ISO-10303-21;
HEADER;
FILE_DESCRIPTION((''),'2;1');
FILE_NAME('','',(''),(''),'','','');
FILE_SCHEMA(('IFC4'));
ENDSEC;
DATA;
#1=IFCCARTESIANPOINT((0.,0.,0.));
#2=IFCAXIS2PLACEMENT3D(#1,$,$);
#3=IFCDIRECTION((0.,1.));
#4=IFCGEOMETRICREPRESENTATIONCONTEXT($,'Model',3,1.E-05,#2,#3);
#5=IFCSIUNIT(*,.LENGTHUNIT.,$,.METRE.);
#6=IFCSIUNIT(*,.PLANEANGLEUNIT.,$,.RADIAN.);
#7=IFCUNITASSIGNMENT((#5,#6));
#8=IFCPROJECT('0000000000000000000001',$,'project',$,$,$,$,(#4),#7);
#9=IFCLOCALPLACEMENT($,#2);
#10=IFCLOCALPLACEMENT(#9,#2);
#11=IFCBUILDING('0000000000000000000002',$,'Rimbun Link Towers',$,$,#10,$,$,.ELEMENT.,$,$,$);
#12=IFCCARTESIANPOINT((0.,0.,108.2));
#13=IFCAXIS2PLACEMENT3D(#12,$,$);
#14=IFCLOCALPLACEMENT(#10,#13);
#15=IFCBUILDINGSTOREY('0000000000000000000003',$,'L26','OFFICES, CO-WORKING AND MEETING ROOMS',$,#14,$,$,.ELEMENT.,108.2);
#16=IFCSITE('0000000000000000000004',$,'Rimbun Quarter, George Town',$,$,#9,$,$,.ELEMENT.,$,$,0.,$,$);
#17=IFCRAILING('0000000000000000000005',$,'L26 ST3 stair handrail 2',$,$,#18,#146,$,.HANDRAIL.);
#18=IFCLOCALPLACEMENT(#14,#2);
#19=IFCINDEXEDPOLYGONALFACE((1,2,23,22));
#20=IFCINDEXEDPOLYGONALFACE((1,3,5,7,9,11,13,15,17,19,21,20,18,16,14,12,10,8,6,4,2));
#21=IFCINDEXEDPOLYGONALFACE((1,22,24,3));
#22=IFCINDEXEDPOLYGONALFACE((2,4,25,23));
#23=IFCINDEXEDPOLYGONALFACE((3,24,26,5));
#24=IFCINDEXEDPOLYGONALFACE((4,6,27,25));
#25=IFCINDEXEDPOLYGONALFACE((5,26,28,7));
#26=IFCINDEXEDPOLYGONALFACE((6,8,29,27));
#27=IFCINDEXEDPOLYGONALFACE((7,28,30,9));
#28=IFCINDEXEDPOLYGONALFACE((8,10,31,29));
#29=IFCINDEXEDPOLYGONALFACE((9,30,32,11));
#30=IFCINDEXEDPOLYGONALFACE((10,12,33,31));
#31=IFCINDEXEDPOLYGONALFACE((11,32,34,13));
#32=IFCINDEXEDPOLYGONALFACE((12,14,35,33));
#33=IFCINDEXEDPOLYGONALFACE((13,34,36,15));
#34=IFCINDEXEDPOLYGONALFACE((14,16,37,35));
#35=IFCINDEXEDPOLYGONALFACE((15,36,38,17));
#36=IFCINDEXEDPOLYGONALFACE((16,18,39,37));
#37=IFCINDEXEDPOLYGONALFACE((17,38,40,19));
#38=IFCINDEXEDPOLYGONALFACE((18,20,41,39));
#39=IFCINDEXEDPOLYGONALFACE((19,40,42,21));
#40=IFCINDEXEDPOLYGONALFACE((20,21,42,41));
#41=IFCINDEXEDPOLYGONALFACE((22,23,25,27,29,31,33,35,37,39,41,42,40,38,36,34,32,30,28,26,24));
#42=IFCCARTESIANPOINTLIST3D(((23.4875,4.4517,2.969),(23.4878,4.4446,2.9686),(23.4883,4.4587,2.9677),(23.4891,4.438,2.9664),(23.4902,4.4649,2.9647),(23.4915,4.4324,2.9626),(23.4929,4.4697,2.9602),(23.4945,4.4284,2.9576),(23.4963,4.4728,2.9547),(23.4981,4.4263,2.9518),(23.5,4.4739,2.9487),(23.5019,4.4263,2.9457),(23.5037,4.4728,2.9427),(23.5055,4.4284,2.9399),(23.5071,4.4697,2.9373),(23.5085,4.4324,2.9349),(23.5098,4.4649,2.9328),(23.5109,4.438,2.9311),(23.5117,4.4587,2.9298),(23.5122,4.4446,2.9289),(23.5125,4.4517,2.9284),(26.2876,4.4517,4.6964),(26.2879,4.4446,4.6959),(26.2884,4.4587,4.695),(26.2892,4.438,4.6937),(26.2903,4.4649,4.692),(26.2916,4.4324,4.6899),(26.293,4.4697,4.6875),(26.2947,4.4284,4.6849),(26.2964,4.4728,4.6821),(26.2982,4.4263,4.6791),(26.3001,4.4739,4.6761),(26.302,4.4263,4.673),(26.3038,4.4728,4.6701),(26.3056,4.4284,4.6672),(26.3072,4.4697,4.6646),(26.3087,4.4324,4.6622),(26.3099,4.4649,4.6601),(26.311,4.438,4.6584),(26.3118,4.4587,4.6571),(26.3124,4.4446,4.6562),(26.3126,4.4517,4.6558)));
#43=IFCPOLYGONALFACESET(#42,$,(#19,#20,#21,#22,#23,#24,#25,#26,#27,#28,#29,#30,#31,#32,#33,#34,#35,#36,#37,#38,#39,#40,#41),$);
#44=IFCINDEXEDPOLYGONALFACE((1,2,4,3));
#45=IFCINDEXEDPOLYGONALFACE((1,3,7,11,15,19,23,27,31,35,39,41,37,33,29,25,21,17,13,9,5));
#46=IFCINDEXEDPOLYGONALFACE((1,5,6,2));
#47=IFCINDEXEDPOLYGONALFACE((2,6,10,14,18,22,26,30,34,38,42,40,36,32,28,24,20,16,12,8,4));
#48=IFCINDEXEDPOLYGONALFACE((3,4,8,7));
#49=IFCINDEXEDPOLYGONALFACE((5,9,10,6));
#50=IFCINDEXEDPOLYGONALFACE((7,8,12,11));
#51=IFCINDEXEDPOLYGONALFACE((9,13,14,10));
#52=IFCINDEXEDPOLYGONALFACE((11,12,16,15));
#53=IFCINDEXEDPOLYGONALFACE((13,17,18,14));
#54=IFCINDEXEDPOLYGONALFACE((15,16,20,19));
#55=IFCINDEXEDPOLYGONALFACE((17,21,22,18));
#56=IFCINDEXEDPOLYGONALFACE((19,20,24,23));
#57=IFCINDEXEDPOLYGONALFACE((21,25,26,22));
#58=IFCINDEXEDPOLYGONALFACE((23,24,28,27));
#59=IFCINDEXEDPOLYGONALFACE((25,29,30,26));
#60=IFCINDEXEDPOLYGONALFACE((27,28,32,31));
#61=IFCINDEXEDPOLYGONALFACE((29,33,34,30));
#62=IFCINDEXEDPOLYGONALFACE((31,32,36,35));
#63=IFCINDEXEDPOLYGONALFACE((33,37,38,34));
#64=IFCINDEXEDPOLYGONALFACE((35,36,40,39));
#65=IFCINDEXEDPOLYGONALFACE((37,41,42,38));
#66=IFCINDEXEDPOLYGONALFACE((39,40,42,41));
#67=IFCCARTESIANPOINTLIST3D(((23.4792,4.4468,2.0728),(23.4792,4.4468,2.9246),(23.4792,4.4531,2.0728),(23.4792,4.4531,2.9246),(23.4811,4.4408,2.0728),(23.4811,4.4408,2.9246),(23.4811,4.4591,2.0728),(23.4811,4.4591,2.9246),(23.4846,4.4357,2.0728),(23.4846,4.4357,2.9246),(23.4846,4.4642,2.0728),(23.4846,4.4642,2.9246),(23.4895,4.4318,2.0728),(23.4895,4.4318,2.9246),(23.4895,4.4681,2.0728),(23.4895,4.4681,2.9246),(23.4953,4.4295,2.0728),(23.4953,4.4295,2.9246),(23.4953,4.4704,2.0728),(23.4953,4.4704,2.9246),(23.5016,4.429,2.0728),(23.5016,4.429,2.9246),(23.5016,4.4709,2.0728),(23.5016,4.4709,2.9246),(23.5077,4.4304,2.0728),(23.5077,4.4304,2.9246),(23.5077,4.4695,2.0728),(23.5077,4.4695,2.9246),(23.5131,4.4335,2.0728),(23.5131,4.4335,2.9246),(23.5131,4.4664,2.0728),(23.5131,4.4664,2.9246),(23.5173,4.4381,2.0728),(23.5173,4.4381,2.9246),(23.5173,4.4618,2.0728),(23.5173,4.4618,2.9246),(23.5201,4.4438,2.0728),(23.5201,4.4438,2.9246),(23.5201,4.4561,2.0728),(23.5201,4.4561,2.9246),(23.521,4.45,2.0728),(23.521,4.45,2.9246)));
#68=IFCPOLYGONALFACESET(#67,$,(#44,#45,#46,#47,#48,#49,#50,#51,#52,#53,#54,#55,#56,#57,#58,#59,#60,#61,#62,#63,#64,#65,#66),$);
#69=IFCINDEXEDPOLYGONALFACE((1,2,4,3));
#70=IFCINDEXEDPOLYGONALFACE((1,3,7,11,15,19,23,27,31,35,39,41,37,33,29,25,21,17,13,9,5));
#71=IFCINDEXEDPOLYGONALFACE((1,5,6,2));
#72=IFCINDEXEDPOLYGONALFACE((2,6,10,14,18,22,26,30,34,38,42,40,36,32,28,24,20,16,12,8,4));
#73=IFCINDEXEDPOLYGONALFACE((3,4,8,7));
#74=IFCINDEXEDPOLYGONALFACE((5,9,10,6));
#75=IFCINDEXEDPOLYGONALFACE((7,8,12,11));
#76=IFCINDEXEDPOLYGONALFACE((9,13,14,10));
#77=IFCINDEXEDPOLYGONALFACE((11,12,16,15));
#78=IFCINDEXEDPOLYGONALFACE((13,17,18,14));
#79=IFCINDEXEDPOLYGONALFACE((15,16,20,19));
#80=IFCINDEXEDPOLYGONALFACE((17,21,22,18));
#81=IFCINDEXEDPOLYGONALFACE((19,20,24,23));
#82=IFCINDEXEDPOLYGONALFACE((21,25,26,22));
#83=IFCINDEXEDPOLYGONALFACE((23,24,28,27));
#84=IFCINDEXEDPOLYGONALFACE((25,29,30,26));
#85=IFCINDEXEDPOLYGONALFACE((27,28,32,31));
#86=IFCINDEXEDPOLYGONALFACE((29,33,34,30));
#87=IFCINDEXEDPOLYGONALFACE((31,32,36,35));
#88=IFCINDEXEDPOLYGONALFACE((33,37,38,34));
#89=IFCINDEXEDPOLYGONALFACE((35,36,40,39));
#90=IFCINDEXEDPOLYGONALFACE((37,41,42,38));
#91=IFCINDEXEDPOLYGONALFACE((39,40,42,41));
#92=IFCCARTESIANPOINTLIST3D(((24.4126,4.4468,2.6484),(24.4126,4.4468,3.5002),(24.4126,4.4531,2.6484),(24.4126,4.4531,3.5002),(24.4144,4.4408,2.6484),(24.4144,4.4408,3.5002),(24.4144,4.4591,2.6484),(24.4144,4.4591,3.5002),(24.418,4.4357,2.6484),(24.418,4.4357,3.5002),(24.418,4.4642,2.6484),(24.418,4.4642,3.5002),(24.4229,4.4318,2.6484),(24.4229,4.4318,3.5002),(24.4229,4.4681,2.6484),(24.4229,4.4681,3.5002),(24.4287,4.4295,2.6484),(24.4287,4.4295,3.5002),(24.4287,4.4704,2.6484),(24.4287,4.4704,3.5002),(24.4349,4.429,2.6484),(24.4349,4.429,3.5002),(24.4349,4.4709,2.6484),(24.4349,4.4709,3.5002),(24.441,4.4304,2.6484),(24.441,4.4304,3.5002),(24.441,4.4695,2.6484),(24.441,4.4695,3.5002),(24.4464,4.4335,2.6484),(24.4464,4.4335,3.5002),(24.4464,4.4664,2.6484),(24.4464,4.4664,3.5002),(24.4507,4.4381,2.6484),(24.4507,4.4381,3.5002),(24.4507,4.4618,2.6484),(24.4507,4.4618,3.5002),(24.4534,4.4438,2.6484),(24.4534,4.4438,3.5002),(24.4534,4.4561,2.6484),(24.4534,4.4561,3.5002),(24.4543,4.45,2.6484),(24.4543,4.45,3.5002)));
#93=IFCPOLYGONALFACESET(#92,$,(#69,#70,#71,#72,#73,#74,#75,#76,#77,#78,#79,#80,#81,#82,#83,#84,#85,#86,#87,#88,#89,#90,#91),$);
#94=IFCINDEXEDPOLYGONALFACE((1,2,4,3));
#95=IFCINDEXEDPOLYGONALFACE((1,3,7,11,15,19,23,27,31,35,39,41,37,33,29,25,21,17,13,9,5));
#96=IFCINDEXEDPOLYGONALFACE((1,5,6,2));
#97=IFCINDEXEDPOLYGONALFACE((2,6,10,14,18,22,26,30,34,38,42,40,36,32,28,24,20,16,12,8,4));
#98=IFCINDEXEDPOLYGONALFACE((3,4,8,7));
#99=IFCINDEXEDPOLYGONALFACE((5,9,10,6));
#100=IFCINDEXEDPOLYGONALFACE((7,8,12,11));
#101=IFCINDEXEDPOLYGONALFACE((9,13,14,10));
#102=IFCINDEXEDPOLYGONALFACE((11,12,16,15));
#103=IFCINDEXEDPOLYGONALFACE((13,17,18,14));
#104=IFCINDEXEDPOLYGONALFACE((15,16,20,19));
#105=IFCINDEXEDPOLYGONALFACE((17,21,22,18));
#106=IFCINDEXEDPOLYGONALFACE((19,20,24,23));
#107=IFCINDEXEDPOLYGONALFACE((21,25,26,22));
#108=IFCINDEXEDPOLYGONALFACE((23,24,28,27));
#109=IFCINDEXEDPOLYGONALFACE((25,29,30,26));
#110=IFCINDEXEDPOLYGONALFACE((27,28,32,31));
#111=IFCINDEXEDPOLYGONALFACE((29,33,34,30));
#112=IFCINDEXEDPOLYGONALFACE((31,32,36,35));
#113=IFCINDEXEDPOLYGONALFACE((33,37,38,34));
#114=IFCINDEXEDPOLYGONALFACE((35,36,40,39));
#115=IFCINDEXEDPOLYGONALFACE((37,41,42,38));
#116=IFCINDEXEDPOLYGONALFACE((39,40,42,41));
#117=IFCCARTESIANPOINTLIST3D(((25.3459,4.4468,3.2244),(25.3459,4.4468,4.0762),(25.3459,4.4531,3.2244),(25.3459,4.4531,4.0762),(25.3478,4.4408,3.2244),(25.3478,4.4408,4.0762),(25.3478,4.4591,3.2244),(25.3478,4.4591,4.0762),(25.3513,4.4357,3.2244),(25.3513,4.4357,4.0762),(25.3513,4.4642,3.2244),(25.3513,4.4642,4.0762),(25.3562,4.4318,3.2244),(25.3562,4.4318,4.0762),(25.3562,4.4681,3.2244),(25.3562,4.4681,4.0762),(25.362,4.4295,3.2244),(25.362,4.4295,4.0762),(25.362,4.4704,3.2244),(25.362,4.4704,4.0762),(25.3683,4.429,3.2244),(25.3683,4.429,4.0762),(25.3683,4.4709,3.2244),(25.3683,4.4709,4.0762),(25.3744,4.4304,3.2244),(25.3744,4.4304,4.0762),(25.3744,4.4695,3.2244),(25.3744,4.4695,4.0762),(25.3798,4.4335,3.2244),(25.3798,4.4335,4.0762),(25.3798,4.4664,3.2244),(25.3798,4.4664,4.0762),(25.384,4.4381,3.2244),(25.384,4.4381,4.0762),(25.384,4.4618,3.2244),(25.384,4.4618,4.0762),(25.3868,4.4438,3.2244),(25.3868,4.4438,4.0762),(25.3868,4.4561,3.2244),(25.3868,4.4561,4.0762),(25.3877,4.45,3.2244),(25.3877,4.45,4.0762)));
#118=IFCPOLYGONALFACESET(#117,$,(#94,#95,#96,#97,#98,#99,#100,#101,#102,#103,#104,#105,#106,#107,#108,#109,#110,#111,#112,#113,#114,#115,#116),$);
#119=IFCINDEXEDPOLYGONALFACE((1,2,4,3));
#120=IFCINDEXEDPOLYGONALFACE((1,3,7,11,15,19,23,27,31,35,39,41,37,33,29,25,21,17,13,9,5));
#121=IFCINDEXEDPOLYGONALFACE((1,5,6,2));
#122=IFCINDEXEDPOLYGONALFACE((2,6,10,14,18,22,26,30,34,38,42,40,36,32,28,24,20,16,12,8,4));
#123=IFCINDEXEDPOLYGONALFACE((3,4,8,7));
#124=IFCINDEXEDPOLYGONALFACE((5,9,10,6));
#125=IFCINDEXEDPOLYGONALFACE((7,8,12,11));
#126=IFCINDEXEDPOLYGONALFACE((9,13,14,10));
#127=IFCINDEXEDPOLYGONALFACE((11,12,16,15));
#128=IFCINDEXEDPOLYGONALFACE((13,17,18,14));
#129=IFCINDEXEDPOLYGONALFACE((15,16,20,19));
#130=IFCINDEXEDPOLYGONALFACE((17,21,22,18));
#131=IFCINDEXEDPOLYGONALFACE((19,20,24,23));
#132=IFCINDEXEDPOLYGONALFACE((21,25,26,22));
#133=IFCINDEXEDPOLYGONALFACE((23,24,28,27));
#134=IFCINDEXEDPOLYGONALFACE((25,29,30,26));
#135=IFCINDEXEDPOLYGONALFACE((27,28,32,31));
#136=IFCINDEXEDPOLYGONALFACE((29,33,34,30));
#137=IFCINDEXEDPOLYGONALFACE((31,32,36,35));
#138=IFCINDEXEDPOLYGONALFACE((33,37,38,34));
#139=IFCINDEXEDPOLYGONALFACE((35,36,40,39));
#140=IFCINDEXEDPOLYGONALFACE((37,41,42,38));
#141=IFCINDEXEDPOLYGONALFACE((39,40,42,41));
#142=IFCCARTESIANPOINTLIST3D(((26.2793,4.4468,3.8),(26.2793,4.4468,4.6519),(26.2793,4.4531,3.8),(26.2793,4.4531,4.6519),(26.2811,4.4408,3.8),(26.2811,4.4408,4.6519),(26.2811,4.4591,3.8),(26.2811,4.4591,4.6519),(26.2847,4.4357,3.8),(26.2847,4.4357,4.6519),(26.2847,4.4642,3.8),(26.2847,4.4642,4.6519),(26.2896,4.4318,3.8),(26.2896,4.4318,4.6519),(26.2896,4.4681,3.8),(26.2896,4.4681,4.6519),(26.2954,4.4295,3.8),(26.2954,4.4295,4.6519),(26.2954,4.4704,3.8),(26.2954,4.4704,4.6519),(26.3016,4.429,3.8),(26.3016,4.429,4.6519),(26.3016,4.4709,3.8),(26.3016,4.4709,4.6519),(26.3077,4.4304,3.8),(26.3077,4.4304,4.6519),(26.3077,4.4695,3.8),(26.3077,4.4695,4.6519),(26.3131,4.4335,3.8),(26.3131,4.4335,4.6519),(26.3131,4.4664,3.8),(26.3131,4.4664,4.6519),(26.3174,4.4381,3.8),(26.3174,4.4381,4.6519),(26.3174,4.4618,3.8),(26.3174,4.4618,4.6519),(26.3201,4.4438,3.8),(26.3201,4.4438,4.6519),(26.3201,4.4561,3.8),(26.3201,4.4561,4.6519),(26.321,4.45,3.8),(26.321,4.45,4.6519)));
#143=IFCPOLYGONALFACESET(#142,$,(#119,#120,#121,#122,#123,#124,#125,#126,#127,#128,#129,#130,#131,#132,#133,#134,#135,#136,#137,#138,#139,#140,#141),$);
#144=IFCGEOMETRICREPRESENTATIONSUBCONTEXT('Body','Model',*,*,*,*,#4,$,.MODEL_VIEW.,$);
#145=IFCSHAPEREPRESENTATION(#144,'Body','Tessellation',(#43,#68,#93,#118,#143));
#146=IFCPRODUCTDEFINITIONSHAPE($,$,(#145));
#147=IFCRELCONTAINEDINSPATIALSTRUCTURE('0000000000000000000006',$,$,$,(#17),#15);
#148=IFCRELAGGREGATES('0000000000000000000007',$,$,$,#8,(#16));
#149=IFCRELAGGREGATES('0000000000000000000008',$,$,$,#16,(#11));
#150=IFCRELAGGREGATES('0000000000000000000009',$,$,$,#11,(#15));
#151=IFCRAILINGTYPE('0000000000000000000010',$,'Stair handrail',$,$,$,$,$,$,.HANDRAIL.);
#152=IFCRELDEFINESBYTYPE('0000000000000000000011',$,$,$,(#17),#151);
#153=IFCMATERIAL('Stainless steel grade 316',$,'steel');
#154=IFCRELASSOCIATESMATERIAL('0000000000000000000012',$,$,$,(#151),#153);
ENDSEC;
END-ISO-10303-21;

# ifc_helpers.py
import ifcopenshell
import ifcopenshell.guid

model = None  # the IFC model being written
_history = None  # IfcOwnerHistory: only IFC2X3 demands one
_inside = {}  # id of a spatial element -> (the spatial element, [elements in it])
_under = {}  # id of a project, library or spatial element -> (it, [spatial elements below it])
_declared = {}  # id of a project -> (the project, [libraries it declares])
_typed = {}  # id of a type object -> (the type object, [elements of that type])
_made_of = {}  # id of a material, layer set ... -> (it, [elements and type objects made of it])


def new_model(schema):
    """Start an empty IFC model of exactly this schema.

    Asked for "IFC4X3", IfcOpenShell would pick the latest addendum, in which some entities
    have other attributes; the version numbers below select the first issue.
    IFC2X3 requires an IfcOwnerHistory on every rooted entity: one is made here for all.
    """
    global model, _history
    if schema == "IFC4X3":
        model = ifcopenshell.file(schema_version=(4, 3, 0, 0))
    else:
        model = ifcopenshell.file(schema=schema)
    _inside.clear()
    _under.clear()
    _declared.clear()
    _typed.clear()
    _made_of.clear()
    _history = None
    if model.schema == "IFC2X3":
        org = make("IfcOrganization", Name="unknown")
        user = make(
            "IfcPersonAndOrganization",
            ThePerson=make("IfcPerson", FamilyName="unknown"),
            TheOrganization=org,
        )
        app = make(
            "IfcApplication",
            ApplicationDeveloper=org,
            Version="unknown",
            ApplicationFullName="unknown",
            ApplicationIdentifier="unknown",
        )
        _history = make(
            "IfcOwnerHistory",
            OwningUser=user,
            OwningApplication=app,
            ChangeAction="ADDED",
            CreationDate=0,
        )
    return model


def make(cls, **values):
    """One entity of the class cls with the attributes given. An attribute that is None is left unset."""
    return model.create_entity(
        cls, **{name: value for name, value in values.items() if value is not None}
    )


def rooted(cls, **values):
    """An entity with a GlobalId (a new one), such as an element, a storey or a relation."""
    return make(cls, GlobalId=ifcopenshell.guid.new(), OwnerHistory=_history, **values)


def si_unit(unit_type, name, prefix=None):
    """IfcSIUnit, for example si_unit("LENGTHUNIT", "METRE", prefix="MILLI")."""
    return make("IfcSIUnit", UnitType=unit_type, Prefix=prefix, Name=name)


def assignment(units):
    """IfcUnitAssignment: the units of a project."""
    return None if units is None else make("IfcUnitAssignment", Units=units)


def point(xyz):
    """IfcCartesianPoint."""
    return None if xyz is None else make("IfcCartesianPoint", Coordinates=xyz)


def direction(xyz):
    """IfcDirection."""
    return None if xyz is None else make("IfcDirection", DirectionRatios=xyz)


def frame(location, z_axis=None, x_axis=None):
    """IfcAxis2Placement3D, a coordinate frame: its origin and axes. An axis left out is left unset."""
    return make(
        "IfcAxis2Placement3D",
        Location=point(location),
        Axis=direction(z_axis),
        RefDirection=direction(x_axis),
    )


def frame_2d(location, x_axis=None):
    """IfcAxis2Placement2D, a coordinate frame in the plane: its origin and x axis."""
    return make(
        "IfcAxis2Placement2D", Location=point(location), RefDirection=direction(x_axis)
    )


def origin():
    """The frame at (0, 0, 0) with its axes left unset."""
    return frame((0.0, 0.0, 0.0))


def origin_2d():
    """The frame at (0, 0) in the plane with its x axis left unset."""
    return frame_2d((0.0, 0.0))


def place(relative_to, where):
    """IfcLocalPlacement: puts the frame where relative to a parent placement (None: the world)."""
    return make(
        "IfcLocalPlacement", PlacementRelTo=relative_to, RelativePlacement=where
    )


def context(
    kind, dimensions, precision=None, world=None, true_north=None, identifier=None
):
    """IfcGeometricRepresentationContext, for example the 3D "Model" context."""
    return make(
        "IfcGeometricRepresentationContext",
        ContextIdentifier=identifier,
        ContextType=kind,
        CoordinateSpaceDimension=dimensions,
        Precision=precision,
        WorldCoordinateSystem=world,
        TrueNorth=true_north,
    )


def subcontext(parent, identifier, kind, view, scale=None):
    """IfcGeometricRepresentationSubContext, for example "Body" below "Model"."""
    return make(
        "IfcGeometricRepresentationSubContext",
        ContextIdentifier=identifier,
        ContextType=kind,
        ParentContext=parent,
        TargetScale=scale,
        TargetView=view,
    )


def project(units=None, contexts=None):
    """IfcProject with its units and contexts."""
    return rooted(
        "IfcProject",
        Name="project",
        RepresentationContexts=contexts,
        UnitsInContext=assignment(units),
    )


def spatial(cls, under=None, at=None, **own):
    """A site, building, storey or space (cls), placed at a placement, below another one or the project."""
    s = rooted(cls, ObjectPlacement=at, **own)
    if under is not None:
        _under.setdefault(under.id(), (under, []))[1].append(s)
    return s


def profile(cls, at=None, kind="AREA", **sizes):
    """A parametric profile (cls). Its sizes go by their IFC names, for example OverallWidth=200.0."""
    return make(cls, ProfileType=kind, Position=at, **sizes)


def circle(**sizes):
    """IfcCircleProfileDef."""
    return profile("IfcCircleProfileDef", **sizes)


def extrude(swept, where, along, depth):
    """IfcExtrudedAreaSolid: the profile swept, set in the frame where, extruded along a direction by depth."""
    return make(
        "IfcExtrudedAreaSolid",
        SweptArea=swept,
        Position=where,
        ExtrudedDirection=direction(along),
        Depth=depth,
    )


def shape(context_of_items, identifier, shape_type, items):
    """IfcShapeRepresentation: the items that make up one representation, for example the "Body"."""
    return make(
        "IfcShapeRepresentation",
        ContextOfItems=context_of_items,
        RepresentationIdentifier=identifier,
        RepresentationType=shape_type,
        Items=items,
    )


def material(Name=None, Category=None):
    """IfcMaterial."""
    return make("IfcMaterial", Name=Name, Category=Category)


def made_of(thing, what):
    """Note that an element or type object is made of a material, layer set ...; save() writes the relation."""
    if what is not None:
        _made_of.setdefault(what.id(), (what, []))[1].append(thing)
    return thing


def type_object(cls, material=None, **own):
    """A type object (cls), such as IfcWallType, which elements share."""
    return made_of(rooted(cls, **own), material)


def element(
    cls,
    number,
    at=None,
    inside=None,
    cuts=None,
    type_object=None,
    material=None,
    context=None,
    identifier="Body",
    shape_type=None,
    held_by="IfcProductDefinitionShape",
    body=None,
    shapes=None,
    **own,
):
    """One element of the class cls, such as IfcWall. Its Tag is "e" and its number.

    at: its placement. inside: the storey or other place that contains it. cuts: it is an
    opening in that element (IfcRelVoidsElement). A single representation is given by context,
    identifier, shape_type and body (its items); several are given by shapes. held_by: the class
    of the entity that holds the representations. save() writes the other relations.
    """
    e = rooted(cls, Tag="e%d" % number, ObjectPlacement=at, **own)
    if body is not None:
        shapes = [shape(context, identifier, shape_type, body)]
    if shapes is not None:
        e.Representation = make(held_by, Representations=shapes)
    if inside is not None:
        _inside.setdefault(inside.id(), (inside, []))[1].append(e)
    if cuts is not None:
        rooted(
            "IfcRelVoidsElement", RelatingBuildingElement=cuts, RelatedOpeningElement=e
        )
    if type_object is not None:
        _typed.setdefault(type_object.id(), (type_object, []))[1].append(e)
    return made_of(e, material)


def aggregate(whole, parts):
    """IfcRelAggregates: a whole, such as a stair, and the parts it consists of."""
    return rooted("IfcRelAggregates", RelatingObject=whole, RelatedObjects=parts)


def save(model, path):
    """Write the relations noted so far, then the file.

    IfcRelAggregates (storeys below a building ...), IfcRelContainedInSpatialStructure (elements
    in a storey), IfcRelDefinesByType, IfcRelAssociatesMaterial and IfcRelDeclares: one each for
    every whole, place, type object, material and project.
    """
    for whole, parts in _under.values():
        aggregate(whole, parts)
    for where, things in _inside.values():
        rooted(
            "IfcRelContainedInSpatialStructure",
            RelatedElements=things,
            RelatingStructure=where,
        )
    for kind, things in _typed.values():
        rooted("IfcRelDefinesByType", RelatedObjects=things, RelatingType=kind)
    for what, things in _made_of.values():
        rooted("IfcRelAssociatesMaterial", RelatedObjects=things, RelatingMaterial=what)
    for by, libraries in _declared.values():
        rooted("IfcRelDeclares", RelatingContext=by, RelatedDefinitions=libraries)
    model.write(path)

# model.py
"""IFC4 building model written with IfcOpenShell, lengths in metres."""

from ifc_helpers import new_model, si_unit, direction, frame, origin, origin_2d, place, context, subcontext, project, spatial, circle, extrude, material, type_object, element, save


model = new_model("IFC4")

# Units and contexts
model_context = context("Model", 3, precision=1e-05, world=origin(), true_north=direction((0.0, 1.0)))
body_context = subcontext(model_context, "Body", "Model", "MODEL_VIEW")
ifc_project = project(units=[si_unit("LENGTHUNIT", "METRE"), si_unit("PLANEANGLEUNIT", "RADIAN")], contexts=[model_context])

# Site, building, storey
site_placement = place(None, origin())
site = spatial("IfcSite", under=ifc_project, at=site_placement, Name="Rimbun Quarter, George Town", CompositionType="ELEMENT", RefElevation=0.0)
building_placement = place(site_placement, origin())
building = spatial("IfcBuilding", under=site, at=building_placement, Name="Rimbun Link Towers", CompositionType="ELEMENT")
storey_placement = place(building_placement, frame((0.0, 0.0, 108.2)))
storey = spatial("IfcBuildingStorey", under=building, at=storey_placement, Name="L26", Description="OFFICES, CO-WORKING AND MEETING ROOMS", CompositionType="ELEMENT", Elevation=108.2)

# Railing
ifc_material_1 = material(Name="Stainless steel grade 316", Category="steel")
railing_type_1 = type_object("IfcRailingType", Name="Stair handrail", PredefinedType="HANDRAIL", material=ifc_material_1)
railing_1_placement = place(storey_placement, frame((23.5, 4.45, 2.0728)))
element("IfcRailing", 1, at=railing_1_placement, inside=storey, type_object=railing_type_1, Name="L26 ST3 stair handrail 2", PredefinedType="HANDRAIL", context=body_context, shape_type="SweptSolid", body=[
    extrude(circle(Radius=0.0239, at=origin_2d()), frame((0.0, 0.0, 0.876), z_axis=(0.85109, 0.0, 0.52502), x_axis=(0.0, 1.0, 0.0)), (0.0, 0.0, 1.0), 3.29),
    extrude(circle(Radius=0.021, at=origin_2d()), origin(), (0.0, 0.0, 1.0), 0.8518),
    extrude(circle(Radius=0.021, at=origin_2d()), frame((0.9333, 0.0, 0.5757)), (0.0, 0.0, 1.0), 0.8518),
    extrude(circle(Radius=0.021, at=origin_2d()), frame((1.8667, 0.0, 1.1516)), (0.0, 0.0, 1.0), 0.8518),
    extrude(circle(Radius=0.021, at=origin_2d()), frame((2.8, 0.0, 1.7273)), (0.0, 0.0, 1.0), 0.8518),
])

save(model, "model.ifc")
